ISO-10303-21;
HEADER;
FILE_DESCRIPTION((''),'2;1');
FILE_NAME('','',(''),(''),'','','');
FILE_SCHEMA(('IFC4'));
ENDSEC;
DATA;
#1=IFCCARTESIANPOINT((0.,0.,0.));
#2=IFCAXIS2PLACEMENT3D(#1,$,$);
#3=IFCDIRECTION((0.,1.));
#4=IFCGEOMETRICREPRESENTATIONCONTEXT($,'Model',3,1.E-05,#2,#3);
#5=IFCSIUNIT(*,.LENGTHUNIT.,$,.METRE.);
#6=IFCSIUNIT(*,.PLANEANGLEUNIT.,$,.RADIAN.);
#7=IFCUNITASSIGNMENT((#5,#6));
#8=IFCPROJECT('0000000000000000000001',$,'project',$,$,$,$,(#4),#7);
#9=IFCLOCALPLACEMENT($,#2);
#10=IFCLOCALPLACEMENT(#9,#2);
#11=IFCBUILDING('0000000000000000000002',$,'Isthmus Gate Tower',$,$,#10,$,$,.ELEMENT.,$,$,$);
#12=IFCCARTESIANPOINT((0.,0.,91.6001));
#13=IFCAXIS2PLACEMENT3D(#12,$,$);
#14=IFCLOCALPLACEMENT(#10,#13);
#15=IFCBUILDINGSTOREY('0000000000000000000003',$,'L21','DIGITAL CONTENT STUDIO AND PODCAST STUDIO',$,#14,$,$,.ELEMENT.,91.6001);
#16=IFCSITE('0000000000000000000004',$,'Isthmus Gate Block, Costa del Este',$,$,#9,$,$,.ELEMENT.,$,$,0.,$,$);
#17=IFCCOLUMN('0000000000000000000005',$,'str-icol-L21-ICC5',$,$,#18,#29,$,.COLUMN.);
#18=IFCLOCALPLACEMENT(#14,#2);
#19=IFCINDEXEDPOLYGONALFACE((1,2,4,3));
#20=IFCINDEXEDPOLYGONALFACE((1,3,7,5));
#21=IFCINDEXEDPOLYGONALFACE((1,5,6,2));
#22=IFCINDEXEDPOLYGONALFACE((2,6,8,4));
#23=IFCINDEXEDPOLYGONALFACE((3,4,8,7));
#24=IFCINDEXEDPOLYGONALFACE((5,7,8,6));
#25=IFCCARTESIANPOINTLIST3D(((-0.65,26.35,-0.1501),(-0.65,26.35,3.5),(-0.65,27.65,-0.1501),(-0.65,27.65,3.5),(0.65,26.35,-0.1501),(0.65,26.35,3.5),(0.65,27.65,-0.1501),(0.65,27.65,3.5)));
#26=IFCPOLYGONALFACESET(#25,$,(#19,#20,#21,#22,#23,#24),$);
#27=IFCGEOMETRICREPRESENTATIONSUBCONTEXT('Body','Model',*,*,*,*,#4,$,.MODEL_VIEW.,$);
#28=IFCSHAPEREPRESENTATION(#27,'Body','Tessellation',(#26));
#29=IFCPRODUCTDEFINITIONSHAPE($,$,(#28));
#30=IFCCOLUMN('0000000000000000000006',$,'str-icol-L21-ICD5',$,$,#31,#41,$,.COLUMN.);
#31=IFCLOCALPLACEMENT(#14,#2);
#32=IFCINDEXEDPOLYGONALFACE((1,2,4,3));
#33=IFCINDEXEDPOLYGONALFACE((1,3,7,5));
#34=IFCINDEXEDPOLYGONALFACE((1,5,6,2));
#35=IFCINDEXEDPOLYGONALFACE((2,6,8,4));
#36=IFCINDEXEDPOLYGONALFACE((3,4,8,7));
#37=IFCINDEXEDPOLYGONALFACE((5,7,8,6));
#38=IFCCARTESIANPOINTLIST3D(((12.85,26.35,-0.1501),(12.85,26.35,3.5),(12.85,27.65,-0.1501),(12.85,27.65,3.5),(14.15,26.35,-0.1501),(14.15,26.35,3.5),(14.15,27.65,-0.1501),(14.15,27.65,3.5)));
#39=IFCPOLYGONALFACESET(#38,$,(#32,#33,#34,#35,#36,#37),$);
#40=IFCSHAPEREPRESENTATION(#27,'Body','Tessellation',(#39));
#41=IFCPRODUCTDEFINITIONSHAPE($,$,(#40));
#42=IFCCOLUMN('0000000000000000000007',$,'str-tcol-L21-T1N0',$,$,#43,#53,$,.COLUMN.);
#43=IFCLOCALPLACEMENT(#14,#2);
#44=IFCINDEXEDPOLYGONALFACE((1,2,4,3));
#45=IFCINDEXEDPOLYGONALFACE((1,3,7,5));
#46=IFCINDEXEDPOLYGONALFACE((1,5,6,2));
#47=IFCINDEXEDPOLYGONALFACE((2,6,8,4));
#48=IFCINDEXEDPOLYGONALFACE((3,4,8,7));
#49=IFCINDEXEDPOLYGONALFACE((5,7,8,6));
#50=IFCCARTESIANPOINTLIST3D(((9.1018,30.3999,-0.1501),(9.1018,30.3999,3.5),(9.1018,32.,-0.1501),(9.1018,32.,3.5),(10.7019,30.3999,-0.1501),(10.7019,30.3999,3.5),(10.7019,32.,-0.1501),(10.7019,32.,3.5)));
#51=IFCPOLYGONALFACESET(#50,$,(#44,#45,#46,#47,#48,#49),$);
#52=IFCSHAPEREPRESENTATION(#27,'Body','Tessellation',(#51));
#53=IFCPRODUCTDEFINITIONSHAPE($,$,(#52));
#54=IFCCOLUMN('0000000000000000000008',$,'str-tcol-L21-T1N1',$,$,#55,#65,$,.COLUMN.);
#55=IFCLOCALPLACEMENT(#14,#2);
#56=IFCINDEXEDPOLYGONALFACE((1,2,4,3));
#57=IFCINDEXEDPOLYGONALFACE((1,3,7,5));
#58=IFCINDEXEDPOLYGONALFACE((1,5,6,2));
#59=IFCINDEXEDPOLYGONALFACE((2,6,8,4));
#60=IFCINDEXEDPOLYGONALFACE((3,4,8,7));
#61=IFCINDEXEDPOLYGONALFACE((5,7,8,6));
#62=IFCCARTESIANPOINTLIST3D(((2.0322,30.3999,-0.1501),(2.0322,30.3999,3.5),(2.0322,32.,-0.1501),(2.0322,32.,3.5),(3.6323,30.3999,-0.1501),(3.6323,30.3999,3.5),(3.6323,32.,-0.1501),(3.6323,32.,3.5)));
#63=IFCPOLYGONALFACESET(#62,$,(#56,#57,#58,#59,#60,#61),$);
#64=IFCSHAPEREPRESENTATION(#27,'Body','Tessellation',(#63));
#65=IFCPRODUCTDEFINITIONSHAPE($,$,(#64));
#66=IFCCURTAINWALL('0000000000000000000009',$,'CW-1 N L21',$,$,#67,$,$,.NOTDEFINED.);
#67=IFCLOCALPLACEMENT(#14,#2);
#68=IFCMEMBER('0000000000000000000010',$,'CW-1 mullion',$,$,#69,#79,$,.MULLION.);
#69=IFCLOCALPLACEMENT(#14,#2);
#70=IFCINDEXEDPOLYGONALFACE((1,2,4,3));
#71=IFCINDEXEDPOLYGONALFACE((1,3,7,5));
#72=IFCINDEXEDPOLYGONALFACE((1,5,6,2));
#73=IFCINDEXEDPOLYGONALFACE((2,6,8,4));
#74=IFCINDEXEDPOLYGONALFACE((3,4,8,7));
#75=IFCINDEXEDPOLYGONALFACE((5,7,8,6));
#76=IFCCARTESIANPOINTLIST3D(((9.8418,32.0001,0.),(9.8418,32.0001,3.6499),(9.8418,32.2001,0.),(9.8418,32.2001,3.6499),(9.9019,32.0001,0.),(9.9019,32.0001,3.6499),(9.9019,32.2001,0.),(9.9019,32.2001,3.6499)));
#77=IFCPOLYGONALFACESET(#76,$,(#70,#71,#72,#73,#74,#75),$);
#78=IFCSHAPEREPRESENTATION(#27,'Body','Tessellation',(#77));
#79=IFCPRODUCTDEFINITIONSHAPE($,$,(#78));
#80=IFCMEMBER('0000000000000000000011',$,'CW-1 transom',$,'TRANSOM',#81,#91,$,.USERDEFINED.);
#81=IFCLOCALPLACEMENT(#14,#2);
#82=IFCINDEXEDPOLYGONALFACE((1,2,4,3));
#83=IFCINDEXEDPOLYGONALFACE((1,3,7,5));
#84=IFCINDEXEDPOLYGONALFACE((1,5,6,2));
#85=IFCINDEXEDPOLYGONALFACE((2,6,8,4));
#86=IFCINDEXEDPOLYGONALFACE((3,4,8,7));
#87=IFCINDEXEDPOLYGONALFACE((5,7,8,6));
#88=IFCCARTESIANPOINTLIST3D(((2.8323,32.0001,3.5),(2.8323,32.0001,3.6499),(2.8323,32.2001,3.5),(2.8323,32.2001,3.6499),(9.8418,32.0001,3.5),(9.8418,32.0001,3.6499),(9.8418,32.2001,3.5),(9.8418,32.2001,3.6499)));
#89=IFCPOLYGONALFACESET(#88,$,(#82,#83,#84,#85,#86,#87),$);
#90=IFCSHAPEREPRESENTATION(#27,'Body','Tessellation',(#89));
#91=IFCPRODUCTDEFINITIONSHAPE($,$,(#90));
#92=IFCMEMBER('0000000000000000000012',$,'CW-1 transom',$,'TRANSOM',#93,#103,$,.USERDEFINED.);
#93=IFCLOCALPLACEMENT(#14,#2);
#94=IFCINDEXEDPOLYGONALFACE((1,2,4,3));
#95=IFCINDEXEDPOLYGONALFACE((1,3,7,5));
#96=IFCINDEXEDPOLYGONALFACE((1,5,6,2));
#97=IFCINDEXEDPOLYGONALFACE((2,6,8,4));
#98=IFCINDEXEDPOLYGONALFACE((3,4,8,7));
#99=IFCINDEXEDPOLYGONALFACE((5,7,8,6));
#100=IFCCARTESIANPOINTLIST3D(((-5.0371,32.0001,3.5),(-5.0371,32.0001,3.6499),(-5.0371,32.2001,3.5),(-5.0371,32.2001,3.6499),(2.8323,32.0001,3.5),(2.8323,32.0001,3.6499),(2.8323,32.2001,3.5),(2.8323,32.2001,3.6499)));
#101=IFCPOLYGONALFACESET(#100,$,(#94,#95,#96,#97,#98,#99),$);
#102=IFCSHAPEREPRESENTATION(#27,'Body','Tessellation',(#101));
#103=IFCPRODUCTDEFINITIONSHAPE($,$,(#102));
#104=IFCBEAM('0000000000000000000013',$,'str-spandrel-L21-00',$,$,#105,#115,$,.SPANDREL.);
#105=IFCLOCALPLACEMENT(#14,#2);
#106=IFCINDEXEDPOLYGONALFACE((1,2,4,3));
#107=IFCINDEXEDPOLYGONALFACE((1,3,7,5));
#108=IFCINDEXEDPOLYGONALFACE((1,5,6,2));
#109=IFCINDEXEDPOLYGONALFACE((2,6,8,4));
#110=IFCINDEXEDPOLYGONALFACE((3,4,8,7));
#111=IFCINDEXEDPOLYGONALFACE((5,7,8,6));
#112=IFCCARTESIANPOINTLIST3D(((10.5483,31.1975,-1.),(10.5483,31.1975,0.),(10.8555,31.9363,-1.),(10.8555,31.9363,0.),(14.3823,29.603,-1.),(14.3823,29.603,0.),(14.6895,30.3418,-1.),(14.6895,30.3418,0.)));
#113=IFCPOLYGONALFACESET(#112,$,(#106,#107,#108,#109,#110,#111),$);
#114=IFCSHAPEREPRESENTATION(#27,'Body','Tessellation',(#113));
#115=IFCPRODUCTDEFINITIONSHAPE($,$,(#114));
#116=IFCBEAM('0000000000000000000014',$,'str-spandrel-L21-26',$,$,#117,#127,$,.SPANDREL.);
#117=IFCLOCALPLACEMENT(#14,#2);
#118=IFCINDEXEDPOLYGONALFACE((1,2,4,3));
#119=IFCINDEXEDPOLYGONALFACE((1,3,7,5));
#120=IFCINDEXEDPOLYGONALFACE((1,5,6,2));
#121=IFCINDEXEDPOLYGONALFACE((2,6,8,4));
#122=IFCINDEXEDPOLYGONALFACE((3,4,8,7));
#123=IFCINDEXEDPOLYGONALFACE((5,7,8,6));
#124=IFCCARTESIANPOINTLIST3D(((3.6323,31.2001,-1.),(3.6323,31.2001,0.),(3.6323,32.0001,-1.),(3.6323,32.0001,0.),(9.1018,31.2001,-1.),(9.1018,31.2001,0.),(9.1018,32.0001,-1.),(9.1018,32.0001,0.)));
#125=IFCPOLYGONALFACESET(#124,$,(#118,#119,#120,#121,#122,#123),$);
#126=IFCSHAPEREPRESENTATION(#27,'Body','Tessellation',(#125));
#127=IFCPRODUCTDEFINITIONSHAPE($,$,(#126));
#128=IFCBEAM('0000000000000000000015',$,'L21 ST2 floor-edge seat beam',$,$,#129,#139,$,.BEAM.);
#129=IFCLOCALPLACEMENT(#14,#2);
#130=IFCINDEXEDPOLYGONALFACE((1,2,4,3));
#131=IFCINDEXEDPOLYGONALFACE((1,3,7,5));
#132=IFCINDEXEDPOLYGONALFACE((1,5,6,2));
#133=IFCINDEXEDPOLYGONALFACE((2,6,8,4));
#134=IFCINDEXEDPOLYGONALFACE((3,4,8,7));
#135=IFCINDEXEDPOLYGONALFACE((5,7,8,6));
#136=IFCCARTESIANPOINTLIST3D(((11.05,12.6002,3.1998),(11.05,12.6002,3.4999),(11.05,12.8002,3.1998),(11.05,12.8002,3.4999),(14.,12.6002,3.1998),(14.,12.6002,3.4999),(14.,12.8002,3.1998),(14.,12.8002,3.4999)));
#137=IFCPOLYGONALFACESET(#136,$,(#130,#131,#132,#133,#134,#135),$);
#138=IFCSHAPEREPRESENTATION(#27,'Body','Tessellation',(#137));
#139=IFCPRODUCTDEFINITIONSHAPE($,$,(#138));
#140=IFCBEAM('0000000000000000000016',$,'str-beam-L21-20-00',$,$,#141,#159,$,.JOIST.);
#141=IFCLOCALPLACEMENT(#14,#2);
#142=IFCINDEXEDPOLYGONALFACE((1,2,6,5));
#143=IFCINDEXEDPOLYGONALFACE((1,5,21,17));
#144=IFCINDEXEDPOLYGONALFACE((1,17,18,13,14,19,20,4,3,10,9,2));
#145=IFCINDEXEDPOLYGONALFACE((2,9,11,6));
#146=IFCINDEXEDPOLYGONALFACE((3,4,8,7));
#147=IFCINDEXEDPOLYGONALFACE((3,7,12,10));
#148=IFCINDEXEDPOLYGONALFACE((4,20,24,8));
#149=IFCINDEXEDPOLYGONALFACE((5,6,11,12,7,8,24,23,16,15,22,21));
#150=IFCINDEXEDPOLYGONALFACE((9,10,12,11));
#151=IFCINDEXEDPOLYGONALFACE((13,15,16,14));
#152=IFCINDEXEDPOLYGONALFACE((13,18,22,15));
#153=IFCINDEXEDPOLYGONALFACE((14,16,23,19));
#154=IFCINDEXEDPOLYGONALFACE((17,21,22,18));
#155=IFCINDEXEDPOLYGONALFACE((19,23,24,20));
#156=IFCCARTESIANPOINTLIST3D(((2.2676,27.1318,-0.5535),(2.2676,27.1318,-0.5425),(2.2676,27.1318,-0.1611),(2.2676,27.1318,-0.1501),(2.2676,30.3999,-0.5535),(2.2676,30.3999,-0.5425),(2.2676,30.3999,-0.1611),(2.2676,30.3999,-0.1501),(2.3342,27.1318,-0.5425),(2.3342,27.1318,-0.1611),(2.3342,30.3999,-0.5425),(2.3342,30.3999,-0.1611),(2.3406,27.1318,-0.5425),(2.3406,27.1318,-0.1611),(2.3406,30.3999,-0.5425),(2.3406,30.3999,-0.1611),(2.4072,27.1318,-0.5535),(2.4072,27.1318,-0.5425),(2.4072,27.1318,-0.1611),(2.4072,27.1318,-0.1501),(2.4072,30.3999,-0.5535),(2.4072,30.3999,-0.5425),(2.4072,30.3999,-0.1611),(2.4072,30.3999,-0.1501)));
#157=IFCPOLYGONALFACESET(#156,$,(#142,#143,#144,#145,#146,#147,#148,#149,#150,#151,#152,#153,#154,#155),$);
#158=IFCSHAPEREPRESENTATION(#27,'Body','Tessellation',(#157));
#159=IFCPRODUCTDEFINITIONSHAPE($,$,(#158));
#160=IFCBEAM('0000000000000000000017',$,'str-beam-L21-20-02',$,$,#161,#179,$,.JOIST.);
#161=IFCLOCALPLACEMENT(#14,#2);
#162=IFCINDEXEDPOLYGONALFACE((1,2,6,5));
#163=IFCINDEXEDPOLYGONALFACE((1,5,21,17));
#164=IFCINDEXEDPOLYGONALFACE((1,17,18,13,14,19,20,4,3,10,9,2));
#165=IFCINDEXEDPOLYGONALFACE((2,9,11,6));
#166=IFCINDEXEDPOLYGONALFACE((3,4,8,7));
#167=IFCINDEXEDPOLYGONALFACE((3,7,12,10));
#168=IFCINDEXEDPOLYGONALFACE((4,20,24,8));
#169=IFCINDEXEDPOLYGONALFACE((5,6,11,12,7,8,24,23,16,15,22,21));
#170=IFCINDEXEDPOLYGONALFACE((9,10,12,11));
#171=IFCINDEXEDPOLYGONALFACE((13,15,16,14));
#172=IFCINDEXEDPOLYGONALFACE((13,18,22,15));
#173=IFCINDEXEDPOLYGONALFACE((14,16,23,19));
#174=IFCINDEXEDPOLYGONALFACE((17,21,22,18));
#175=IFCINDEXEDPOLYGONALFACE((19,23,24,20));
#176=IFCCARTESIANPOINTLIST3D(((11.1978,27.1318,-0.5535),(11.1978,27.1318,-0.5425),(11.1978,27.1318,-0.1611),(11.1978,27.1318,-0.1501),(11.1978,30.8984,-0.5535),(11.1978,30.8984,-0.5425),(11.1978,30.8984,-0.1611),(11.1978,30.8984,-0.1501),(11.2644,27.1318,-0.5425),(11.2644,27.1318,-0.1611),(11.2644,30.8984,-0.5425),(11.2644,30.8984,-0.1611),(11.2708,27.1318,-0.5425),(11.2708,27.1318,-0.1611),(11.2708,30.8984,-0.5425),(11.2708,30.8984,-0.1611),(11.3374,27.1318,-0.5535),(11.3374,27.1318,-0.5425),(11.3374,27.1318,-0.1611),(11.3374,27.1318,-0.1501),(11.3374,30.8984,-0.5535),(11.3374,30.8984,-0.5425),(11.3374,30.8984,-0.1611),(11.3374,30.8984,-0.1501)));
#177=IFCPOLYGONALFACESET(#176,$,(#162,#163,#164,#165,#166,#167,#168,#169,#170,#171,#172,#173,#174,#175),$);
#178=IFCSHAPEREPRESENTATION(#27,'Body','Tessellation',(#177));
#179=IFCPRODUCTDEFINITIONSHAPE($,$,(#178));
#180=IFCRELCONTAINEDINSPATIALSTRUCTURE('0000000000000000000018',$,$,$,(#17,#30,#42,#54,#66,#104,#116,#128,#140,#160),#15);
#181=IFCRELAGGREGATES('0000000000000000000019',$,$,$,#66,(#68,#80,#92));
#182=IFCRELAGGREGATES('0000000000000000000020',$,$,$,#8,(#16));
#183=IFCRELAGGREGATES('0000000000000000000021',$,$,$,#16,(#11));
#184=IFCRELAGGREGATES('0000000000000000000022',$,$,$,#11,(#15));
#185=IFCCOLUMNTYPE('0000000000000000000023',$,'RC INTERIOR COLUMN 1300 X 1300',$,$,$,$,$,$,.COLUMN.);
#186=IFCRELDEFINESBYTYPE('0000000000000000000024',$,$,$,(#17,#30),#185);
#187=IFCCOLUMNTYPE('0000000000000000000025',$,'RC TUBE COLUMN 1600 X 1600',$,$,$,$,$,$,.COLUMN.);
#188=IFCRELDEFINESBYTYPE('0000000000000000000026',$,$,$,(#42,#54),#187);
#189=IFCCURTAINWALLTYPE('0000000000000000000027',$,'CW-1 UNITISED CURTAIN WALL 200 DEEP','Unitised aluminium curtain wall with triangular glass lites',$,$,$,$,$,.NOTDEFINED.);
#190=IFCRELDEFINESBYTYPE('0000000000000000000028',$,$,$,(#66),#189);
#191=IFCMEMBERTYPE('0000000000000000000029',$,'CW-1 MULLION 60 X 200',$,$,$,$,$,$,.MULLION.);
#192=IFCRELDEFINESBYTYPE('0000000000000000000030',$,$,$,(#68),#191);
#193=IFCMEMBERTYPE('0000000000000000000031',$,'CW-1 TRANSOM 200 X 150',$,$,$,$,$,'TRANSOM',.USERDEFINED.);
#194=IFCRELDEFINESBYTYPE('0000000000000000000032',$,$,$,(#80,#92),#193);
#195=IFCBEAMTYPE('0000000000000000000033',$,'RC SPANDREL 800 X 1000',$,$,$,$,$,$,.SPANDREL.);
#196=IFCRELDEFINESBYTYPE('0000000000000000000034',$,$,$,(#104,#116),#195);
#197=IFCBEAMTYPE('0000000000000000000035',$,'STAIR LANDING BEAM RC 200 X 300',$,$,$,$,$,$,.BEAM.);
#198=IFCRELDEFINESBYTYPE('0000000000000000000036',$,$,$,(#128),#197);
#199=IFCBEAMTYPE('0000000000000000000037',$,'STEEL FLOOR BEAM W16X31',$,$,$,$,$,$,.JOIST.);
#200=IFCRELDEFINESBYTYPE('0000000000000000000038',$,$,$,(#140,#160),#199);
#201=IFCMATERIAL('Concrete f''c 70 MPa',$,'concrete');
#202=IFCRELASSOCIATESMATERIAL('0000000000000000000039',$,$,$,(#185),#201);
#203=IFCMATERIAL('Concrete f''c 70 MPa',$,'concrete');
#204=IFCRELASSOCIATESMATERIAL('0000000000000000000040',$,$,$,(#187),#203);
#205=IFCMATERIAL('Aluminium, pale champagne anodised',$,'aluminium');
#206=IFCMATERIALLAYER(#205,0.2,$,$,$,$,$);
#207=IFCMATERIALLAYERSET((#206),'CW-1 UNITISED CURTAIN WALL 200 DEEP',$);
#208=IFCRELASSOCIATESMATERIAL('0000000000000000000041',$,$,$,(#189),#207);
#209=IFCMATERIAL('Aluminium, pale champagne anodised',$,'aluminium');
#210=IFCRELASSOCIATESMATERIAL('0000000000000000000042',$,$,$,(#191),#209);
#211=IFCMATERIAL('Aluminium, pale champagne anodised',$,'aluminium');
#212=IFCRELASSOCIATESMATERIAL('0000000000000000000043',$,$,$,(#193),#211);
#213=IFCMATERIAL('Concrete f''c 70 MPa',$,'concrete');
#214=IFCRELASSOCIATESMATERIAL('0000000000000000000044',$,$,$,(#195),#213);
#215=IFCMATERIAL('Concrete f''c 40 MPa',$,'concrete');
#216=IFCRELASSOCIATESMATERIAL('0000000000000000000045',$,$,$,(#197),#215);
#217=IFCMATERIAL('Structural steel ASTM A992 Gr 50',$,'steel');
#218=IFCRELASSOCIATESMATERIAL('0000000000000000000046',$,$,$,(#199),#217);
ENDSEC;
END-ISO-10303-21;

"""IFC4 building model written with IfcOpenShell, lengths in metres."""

from ifc_helpers import new_model, si_unit, direction, frame, origin, origin_2d, place, context, subcontext, project, spatial, rectangle, i_section, extrude, material, layer, layer_set, material_profile, profile_set, type_object, element, aggregate, save


model = new_model("IFC4")

# Units and contexts
model_context = context("Model", 3, precision=1e-05, world=origin(), true_north=direction((0.0, 1.0)))
body_context = subcontext(model_context, "Body", "Model", "MODEL_VIEW")
ifc_project = project(units=[si_unit("LENGTHUNIT", "METRE"), si_unit("PLANEANGLEUNIT", "RADIAN")], contexts=[model_context])

# Site, building, storey
site_placement = place(None, origin())
site = spatial("IfcSite", under=ifc_project, at=site_placement, Name="Isthmus Gate Block, Costa del Este", CompositionType="ELEMENT", RefElevation=0.0)
building_placement = place(site_placement, origin())
building = spatial("IfcBuilding", under=site, at=building_placement, Name="Isthmus Gate Tower", CompositionType="ELEMENT")
storey_placement = place(building_placement, frame((0.0, 0.0, 91.6001)))
storey = spatial("IfcBuildingStorey", under=building, at=storey_placement, Name="L21", Description="DIGITAL CONTENT STUDIO AND PODCAST STUDIO", CompositionType="ELEMENT", Elevation=91.6001)

# Columns
ifc_material_1 = material(Name="Concrete f'c 70 MPa", Category="concrete")
ifc_material_profile_1 = material_profile(ifc_material_1, rectangle(XDim=1.3, YDim=1.3, at=origin_2d()), Name="RC 1300X1300")
ifc_profile_set_1 = profile_set([ifc_material_profile_1], Name="Concrete f'c 70 MPa")
column_type_1 = type_object("IfcColumnType", Name="RC INTERIOR COLUMN 1300 X 1300", PredefinedType="COLUMN", material=ifc_profile_set_1)
for number, where, z_axis, x_axis, name in (
    (1, (0.0, 27.0, -0.1501), (0.0, 0.0, 1.0), (1.0, 0.0, 0.0), "str-icol-L21-ICC5"),
    (2, (13.5, 27.0, -0.1501), (0.0, 0.0, 1.0), (1.0, 0.0, 0.0), "str-icol-L21-ICD5"),
):
    element("IfcColumn", number, at=place(storey_placement, frame(where, z_axis=z_axis, x_axis=x_axis)), inside=storey, type_object=column_type_1, Name=name, PredefinedType="COLUMN", context=body_context, shape_type="SweptSolid", body=[
        extrude(rectangle(XDim=1.3, YDim=1.3, at=origin_2d()), origin(), (0.0, 0.0, 1.0), 3.6501),
    ])
ifc_material_2 = material(Name="Concrete f'c 70 MPa", Category="concrete")
ifc_material_profile_2 = material_profile(ifc_material_2, rectangle(XDim=1.6001, YDim=1.6001, at=origin_2d()), Name="RC 1600X1600")
ifc_profile_set_2 = profile_set([ifc_material_profile_2], Name="Concrete f'c 70 MPa")
column_type_2 = type_object("IfcColumnType", Name="RC TUBE COLUMN 1600 X 1600", PredefinedType="COLUMN", material=ifc_profile_set_2)
for number, where, z_axis, x_axis, name in (
    (3, (9.9019, 31.2, -0.1501), (0.0, 0.0, 1.0), (-1.0, 0.0, 0.0), "str-tcol-L21-T1N0"),
    (4, (2.8323, 31.2, -0.1501), (0.0, 0.0, 1.0), (-1.0, 0.0, 0.0), "str-tcol-L21-T1N1"),
):
    element("IfcColumn", number, at=place(storey_placement, frame(where, z_axis=z_axis, x_axis=x_axis)), inside=storey, type_object=column_type_2, Name=name, PredefinedType="COLUMN", context=body_context, shape_type="SweptSolid", body=[
        extrude(rectangle(XDim=1.6001, YDim=1.6001, at=origin_2d()), origin(), (0.0, 0.0, 1.0), 3.6501),
    ])

# Curtain wall, members
ifc_material_3 = material(Name="Aluminium, pale champagne anodised", Category="aluminium")
ifc_layer_1 = layer(ifc_material_3, 0.2)
ifc_layer_set_1 = layer_set([ifc_layer_1], Name="CW-1 UNITISED CURTAIN WALL 200 DEEP")
curtain_wall_type = type_object("IfcCurtainWallType", Name="CW-1 UNITISED CURTAIN WALL 200 DEEP", Description="Unitised aluminium curtain wall with triangular glass lites", PredefinedType="NOTDEFINED", material=ifc_layer_set_1)
curtain_wall_1_placement = place(storey_placement, origin())
curtain_wall_1 = element("IfcCurtainWall", 5, at=curtain_wall_1_placement, inside=storey, type_object=curtain_wall_type, Name="CW-1 N L21", PredefinedType="NOTDEFINED")
ifc_material_4 = material(Name="Aluminium, pale champagne anodised", Category="aluminium")
ifc_material_profile_3 = material_profile(ifc_material_4, rectangle(XDim=0.0601, YDim=0.2, at=origin_2d()), Name="60x200")
ifc_profile_set_3 = profile_set([ifc_material_profile_3], Name="Aluminium, pale champagne anodised")
member_type_1 = type_object("IfcMemberType", Name="CW-1 MULLION 60 X 200", PredefinedType="MULLION", material=ifc_profile_set_3)
member_1_placement = place(storey_placement, frame((9.8718, 32.1001, 0.0), z_axis=(0.0, 0.0, 1.0), x_axis=(-1.0, 0.0, 0.0)))
member_1 = element("IfcMember", 6, at=member_1_placement, type_object=member_type_1, Name="CW-1 mullion", PredefinedType="MULLION", context=body_context, shape_type="SweptSolid", body=[
    extrude(rectangle(XDim=0.0601, YDim=0.2, at=origin_2d()), origin(), (0.0, 0.0, 1.0), 3.6499),
])
ifc_material_5 = material(Name="Aluminium, pale champagne anodised", Category="aluminium")
ifc_material_profile_4 = material_profile(ifc_material_5, rectangle(XDim=0.2, YDim=0.1499, at=origin_2d()), Name="200x150")
ifc_profile_set_4 = profile_set([ifc_material_profile_4], Name="Aluminium, pale champagne anodised")
member_type_2 = type_object("IfcMemberType", Name="CW-1 TRANSOM 200 X 150", ElementType="TRANSOM", PredefinedType="USERDEFINED", material=ifc_profile_set_4)
member_2_placement = place(storey_placement, frame((9.8418, 32.1001, 3.575), z_axis=(-1.0, 0.0, 0.0), x_axis=(0.0, -1.0, 0.0)))
member_2 = element("IfcMember", 7, at=member_2_placement, type_object=member_type_2, Name="CW-1 transom", ObjectType="TRANSOM", PredefinedType="USERDEFINED", context=body_context, shape_type="SweptSolid", body=[
    extrude(rectangle(XDim=0.2, YDim=0.1499, at=origin_2d()), origin(), (0.0, 0.0, 1.0), 7.0095),
])
member_3_placement = place(storey_placement, frame((2.8323, 32.1001, 3.575), z_axis=(-1.0, 0.0, 0.0), x_axis=(0.0, -1.0, 0.0)))
member_3 = element("IfcMember", 8, at=member_3_placement, type_object=member_type_2, Name="CW-1 transom", ObjectType="TRANSOM", PredefinedType="USERDEFINED", context=body_context, shape_type="SweptSolid", body=[
    extrude(rectangle(XDim=0.2, YDim=0.1499, at=origin_2d()), origin(), (0.0, 0.0, 1.0), 7.8694),
])

# Beams
ifc_material_6 = material(Name="Concrete f'c 70 MPa", Category="concrete")
ifc_material_profile_5 = material_profile(ifc_material_6, rectangle(XDim=0.8, YDim=1.0, at=origin_2d()), Name="RC 800X1000")
ifc_profile_set_5 = profile_set([ifc_material_profile_5], Name="Concrete f'c 70 MPa")
beam_type_1 = type_object("IfcBeamType", Name="RC SPANDREL 800 X 1000", PredefinedType="SPANDREL", material=ifc_profile_set_5)
beam_1_placement = place(storey_placement, frame((10.7019, 31.5669, -0.5), z_axis=(0.923334, -0.383997, 0.0), x_axis=(0.383997, 0.923334, 0.0)))
element("IfcBeam", 9, at=beam_1_placement, inside=storey, type_object=beam_type_1, Name="str-spandrel-L21-00", PredefinedType="SPANDREL", context=body_context, shape_type="SweptSolid", body=[
    extrude(rectangle(XDim=0.8, YDim=1.0, at=origin_2d()), origin(), (0.0, 0.0, 1.0), 4.1523),
])
beam_2_placement = place(storey_placement, frame((3.6323, 31.6001, -0.5), z_axis=(1.0, 0.0, 0.0), x_axis=(0.0, 1.0, 0.0)))
element("IfcBeam", 10, at=beam_2_placement, inside=storey, type_object=beam_type_1, Name="str-spandrel-L21-26", PredefinedType="SPANDREL", context=body_context, shape_type="SweptSolid", body=[
    extrude(rectangle(XDim=0.8, YDim=1.0, at=origin_2d()), origin(), (0.0, 0.0, 1.0), 5.4695),
])
ifc_material_7 = material(Name="Concrete f'c 40 MPa", Category="concrete")
ifc_material_profile_6 = material_profile(ifc_material_7, rectangle(XDim=0.2, YDim=0.3, at=origin_2d()), Name="STAIR LANDING BEAM RC 200 X 300")
ifc_profile_set_6 = profile_set([ifc_material_profile_6], Name="Concrete f'c 40 MPa")
beam_type_2 = type_object("IfcBeamType", Name="STAIR LANDING BEAM RC 200 X 300", PredefinedType="BEAM", material=ifc_profile_set_6)
beam_3_placement = place(storey_placement, frame((11.05, 12.7002, 3.3499), z_axis=(1.0, 0.0, 0.0), x_axis=(0.0, 1.0, 0.0)))
element("IfcBeam", 11, at=beam_3_placement, inside=storey, type_object=beam_type_2, Name="L21 ST2 floor-edge seat beam", PredefinedType="BEAM", context=body_context, shape_type="SweptSolid", body=[
    extrude(rectangle(XDim=0.2, YDim=0.3, at=origin_2d()), origin(), (0.0, 0.0, 1.0), 2.95),
])
ifc_material_8 = material(Name="Structural steel ASTM A992 Gr 50", Category="steel")
ifc_material_profile_7 = material_profile(ifc_material_8, i_section(OverallWidth=0.1396, OverallDepth=0.4033, WebThickness=0.0063, FlangeThickness=0.011, at=origin_2d()), Name="W16X31")
ifc_profile_set_7 = profile_set([ifc_material_profile_7], Name="Structural steel ASTM A992 Gr 50")
beam_type_3 = type_object("IfcBeamType", Name="STEEL FLOOR BEAM W16X31", PredefinedType="JOIST", material=ifc_profile_set_7)
beam_4_placement = place(storey_placement, frame((2.3374, 27.1318, -0.3518), z_axis=(0.0, 1.0, 0.0), x_axis=(-1.0, 0.0, 0.0)))
element("IfcBeam", 12, at=beam_4_placement, inside=storey, type_object=beam_type_3, Name="str-beam-L21-20-00", PredefinedType="JOIST", context=body_context, shape_type="SweptSolid", body=[
    extrude(i_section(OverallWidth=0.1396, OverallDepth=0.4033, WebThickness=0.0063, FlangeThickness=0.011, at=origin_2d()), origin(), (0.0, 0.0, 1.0), 3.2681),
])
beam_5_placement = place(storey_placement, frame((11.2676, 27.1318, -0.3518), z_axis=(0.0, 1.0, 0.0), x_axis=(-1.0, 0.0, 0.0)))
element("IfcBeam", 13, at=beam_5_placement, inside=storey, type_object=beam_type_3, Name="str-beam-L21-20-02", PredefinedType="JOIST", context=body_context, shape_type="SweptSolid", body=[
    extrude(i_section(OverallWidth=0.1396, OverallDepth=0.4033, WebThickness=0.0063, FlangeThickness=0.011, at=origin_2d()), origin(), (0.0, 0.0, 1.0), 3.7666),
])

aggregate(curtain_wall_1, [member_1, member_2, member_3])

save(model, "model.ifc")
